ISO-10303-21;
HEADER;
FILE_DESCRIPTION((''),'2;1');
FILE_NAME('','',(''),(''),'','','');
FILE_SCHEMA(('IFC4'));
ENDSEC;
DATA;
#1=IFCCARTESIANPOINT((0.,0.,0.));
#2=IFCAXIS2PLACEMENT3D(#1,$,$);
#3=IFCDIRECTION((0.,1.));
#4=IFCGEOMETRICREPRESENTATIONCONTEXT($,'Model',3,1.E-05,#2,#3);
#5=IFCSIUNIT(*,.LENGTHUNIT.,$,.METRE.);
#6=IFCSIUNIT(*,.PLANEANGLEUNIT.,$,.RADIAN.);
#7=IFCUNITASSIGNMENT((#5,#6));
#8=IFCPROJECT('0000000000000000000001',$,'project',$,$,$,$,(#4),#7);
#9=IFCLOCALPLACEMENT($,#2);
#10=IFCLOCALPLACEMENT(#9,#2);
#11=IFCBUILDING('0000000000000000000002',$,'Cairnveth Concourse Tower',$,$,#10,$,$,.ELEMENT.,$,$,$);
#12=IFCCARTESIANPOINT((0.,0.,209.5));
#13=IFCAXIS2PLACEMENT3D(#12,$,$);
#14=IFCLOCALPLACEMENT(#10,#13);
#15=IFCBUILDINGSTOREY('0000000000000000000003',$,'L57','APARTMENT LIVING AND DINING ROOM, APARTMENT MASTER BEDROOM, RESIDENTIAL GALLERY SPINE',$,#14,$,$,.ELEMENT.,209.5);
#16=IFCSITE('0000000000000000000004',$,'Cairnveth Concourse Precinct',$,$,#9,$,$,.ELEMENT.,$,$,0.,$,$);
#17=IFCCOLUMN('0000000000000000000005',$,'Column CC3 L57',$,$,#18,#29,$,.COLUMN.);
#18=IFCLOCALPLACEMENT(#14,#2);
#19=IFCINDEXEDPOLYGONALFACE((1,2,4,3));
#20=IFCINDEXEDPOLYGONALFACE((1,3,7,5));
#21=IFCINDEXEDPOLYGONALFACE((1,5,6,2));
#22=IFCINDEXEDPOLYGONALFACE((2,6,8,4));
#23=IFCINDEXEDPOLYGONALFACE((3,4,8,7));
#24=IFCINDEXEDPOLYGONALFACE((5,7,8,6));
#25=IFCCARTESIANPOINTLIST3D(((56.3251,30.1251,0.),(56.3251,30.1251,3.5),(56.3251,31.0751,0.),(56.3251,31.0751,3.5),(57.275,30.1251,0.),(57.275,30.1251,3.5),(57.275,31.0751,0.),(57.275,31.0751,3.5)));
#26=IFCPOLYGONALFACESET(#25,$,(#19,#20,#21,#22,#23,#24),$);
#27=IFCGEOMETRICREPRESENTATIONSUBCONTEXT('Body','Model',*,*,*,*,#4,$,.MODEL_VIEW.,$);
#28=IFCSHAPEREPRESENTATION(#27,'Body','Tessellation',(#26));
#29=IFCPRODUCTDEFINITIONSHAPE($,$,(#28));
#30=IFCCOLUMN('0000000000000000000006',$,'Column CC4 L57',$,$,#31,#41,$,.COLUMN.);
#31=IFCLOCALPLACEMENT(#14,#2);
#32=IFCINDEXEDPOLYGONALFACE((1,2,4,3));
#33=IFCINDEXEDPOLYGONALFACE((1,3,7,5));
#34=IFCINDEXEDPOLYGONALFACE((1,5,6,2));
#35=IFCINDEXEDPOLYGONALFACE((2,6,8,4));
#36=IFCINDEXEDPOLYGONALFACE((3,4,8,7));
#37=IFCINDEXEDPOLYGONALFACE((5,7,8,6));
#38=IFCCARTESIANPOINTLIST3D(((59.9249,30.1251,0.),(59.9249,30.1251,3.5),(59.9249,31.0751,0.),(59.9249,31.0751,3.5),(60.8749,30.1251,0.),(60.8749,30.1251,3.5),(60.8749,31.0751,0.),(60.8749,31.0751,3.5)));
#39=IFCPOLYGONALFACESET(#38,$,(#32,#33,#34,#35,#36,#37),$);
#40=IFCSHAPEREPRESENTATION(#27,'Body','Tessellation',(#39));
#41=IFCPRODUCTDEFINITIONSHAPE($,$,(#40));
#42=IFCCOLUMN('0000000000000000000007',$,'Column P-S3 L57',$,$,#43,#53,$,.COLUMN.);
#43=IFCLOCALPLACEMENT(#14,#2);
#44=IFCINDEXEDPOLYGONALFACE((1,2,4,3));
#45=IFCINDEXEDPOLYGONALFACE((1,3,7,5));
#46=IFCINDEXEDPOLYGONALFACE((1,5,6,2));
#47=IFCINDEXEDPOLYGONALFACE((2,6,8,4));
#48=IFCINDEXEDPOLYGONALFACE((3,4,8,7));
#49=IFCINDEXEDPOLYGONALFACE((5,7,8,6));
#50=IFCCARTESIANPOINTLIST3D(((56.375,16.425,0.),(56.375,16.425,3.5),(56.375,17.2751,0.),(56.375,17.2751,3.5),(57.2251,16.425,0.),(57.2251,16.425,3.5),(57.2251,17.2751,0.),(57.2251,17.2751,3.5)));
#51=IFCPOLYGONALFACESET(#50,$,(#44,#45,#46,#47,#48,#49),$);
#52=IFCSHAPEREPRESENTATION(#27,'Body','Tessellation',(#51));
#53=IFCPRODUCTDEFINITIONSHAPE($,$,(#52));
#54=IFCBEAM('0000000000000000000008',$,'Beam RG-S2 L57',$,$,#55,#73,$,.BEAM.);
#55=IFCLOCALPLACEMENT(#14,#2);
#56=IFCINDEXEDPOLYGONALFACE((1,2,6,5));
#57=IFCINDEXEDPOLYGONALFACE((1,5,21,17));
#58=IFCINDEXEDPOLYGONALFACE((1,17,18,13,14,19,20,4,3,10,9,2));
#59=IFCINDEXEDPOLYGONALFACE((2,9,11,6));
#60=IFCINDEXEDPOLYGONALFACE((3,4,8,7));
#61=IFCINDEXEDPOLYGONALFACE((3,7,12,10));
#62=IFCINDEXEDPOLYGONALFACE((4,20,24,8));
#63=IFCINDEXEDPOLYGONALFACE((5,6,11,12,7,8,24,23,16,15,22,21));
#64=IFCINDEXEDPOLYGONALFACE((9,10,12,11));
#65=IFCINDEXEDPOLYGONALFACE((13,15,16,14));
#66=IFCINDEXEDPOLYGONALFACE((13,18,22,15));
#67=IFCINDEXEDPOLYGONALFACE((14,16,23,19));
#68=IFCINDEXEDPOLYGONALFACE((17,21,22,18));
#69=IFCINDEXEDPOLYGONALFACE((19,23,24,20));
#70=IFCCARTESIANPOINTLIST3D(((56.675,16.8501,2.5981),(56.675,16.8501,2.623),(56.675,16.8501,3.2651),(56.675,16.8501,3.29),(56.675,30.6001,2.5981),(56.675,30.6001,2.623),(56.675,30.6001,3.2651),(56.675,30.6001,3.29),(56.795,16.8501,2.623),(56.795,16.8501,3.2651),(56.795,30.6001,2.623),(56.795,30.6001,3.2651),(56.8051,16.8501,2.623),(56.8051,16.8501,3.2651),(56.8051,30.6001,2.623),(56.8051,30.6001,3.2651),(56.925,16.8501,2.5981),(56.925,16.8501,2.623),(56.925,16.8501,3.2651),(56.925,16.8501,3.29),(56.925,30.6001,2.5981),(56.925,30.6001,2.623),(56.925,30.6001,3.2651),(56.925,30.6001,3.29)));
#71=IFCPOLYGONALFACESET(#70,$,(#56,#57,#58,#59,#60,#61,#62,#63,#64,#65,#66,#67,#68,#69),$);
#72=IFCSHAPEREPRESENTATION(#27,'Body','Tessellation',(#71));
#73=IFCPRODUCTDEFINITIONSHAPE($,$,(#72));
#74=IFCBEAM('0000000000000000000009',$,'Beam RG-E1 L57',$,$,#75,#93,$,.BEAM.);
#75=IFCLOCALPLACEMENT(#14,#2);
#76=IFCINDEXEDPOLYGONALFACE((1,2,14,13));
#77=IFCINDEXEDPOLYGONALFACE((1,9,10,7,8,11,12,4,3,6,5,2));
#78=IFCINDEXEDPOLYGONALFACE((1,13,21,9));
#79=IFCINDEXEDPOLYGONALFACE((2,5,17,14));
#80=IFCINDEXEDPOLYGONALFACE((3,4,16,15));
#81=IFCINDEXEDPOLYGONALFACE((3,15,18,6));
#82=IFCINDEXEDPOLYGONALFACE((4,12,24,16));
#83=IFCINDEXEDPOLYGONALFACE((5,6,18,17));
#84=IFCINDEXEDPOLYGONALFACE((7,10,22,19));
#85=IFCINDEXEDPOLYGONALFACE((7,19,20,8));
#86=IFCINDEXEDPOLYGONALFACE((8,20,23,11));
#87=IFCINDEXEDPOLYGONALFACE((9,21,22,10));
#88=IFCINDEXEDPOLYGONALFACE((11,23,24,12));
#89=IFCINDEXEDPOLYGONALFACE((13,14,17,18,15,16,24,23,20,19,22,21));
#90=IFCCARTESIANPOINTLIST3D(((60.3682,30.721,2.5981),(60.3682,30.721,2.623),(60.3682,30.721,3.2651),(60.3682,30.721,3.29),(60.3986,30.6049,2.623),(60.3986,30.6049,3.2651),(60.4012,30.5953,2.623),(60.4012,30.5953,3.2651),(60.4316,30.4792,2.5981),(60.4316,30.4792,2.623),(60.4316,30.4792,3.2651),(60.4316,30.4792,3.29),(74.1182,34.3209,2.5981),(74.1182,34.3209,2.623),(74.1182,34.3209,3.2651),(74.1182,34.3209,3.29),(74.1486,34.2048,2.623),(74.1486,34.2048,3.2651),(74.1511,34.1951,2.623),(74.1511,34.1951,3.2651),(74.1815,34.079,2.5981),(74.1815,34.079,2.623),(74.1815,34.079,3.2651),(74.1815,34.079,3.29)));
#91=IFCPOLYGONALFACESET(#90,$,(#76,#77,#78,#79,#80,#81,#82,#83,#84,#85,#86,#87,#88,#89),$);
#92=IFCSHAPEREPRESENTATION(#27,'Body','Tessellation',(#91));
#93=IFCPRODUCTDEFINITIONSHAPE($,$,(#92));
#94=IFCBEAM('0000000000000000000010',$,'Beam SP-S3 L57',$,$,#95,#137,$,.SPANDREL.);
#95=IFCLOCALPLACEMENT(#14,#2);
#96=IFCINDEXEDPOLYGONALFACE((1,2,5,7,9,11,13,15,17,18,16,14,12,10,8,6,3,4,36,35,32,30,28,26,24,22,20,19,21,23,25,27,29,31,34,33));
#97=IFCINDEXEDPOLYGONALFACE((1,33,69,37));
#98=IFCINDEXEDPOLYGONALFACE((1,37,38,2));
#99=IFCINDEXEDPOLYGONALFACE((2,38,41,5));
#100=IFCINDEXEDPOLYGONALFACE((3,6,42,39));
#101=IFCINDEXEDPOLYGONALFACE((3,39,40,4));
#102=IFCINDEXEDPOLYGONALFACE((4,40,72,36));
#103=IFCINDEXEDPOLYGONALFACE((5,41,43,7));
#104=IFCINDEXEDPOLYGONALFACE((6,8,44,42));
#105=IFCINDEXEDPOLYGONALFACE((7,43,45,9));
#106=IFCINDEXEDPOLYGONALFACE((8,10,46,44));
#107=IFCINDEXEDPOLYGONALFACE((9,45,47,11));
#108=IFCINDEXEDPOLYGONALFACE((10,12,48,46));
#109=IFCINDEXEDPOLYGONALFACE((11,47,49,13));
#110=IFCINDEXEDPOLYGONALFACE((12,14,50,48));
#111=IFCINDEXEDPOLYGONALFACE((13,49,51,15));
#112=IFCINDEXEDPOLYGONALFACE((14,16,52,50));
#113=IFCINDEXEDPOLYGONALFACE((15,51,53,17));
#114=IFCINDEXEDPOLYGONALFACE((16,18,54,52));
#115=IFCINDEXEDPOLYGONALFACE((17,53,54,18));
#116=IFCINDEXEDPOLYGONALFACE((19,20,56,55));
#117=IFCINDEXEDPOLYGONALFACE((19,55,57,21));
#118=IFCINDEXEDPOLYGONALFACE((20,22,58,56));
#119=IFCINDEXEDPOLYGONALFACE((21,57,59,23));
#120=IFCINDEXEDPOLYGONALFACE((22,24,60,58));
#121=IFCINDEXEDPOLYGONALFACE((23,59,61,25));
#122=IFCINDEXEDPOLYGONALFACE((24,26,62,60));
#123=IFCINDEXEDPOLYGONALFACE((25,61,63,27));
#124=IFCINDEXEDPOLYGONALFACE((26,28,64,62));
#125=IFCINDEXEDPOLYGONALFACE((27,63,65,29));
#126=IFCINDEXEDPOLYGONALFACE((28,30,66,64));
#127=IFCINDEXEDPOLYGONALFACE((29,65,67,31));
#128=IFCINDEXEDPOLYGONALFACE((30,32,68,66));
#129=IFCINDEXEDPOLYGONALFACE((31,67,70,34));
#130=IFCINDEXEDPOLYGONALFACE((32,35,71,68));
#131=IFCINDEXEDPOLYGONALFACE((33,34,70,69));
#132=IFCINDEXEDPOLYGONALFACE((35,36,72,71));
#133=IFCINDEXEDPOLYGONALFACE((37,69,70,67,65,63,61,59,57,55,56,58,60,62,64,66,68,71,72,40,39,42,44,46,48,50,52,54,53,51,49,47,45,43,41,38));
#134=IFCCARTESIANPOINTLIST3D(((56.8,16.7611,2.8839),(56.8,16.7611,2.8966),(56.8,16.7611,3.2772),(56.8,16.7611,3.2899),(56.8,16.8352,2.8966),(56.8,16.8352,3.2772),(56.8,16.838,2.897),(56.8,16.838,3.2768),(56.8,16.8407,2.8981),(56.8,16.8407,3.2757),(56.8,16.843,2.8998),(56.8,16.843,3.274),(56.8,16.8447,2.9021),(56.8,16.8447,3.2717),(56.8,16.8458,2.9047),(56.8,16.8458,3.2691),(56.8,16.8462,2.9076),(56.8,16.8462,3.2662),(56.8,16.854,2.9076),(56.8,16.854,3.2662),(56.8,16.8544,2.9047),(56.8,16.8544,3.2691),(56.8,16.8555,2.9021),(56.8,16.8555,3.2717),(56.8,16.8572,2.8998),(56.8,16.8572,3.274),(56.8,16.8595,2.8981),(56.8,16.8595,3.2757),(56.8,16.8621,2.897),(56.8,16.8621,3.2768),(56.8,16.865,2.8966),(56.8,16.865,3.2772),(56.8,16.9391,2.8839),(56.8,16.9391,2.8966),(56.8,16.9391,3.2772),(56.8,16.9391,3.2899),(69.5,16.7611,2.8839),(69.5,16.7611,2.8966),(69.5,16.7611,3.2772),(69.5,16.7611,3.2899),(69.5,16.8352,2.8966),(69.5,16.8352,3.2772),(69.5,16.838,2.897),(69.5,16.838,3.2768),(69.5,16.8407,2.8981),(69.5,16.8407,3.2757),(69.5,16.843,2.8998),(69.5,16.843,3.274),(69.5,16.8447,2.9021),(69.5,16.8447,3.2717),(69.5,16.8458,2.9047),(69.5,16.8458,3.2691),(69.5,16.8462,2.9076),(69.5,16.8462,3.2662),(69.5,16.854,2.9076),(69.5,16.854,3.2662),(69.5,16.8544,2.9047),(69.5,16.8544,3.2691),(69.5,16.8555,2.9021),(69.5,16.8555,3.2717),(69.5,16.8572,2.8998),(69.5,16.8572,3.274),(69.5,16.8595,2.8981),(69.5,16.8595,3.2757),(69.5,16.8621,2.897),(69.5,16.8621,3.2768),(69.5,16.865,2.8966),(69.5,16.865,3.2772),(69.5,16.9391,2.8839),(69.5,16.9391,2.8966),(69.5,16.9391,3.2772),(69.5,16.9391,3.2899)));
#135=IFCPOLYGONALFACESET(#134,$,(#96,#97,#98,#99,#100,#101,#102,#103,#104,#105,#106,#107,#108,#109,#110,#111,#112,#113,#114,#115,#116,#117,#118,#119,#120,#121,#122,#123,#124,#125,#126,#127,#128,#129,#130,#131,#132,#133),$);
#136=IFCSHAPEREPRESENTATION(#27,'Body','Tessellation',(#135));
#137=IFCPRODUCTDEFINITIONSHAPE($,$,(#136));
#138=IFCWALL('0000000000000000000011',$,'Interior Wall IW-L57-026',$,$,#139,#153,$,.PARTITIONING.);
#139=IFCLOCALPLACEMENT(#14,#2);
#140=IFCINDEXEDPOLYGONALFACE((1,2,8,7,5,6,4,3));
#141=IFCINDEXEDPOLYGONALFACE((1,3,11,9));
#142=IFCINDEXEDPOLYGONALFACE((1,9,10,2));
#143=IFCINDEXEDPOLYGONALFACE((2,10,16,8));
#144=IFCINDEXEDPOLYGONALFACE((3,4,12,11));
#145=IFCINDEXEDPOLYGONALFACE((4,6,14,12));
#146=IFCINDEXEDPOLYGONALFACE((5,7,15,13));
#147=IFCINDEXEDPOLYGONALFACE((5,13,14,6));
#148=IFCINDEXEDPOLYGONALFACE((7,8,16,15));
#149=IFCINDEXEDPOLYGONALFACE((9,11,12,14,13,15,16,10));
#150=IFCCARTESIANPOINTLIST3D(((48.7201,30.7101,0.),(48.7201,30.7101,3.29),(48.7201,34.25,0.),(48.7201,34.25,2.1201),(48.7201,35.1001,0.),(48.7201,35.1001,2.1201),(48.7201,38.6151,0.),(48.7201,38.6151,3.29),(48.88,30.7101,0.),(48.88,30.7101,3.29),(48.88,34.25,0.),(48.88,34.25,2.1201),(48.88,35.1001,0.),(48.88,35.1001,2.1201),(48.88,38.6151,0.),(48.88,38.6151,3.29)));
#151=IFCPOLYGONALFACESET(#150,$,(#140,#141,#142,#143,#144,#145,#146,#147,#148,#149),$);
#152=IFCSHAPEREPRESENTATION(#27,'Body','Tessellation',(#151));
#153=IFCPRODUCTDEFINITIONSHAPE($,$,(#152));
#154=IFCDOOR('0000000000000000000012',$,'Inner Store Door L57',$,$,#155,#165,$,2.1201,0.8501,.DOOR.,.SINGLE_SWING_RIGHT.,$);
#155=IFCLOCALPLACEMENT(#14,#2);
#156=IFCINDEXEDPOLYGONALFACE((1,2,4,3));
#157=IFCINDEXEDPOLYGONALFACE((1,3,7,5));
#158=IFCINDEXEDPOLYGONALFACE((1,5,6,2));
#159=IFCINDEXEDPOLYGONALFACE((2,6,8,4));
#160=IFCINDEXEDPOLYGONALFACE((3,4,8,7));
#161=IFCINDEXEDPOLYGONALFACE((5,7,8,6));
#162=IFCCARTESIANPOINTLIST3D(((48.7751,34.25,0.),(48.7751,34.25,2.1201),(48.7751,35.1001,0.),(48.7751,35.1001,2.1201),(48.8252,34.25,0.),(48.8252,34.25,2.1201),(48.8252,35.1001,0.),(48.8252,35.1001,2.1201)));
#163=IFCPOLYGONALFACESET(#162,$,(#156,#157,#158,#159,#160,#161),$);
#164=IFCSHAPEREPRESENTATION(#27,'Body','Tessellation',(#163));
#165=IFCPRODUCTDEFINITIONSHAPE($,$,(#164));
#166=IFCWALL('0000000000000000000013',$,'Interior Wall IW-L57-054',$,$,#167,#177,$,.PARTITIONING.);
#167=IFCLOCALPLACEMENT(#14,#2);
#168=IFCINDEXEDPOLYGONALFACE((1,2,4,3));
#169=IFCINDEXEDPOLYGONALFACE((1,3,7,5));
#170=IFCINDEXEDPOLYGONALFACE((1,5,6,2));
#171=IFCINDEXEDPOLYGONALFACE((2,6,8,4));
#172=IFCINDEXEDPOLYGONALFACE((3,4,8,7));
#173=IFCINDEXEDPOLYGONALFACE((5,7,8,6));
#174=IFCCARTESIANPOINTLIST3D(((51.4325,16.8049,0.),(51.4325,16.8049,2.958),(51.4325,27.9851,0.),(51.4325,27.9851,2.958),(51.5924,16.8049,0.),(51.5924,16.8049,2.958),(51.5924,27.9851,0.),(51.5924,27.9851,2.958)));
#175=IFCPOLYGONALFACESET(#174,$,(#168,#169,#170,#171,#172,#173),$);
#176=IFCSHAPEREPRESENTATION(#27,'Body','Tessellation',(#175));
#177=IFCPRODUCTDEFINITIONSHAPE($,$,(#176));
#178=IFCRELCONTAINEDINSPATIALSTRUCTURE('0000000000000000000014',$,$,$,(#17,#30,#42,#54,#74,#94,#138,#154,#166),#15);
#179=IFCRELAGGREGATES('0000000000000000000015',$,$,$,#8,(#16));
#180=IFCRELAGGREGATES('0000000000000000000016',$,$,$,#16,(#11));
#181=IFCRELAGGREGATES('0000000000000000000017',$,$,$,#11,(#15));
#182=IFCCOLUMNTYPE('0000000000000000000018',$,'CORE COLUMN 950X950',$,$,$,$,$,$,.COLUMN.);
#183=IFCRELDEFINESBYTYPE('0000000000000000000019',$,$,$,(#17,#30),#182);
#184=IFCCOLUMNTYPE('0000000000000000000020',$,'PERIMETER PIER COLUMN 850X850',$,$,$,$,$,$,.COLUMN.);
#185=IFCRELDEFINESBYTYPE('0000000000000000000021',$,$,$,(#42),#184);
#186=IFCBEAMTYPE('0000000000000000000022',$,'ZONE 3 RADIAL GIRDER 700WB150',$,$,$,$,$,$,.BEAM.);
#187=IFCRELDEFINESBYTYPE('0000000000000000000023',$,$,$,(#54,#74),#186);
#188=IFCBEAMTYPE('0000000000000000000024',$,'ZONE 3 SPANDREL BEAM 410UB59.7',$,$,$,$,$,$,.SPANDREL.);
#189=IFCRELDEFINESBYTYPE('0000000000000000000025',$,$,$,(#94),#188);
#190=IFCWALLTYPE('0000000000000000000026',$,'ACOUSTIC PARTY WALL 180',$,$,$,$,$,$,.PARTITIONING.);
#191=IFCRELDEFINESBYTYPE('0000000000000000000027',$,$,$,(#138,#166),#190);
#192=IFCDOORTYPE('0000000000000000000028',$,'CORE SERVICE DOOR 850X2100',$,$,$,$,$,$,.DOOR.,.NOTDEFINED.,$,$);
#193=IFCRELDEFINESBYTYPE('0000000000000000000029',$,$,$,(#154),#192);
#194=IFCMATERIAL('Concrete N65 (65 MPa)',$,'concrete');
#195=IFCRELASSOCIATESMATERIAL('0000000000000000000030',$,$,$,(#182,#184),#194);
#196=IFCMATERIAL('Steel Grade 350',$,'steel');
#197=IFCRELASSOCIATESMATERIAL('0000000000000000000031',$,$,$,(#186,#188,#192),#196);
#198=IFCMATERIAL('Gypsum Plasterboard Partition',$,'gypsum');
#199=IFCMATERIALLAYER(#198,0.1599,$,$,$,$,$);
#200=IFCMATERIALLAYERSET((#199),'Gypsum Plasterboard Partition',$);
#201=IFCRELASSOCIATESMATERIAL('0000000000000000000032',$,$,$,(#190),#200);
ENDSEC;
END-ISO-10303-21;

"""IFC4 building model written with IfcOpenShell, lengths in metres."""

from ifc_helpers import new_model, si_unit, direction, frame, frame_2d, origin, origin_2d, place, context, subcontext, project, spatial, rectangle, i_section, extrude, material, layer, layer_set, material_profile, profile_set, type_object, element, fill, save


model = new_model("IFC4")

# Units and contexts
model_context = context("Model", 3, precision=1e-05, world=origin(), true_north=direction((0.0, 1.0)))
body_context = subcontext(model_context, "Body", "Model", "MODEL_VIEW")
ifc_project = project(units=[si_unit("LENGTHUNIT", "METRE"), si_unit("PLANEANGLEUNIT", "RADIAN")], contexts=[model_context])

# Site, building, storey
site_placement = place(None, origin())
site = spatial("IfcSite", under=ifc_project, at=site_placement, Name="Cairnveth Concourse Precinct", CompositionType="ELEMENT", RefElevation=0.0)
building_placement = place(site_placement, origin())
building = spatial("IfcBuilding", under=site, at=building_placement, Name="Cairnveth Concourse Tower", CompositionType="ELEMENT")
storey_placement = place(building_placement, frame((0.0, 0.0, 209.5)))
storey = spatial("IfcBuildingStorey", under=building, at=storey_placement, Name="L57", Description="APARTMENT LIVING AND DINING ROOM, APARTMENT MASTER BEDROOM, RESIDENTIAL GALLERY SPINE", CompositionType="ELEMENT", Elevation=209.5)

# Columns
ifc_material_1 = material(Name="Concrete N65 (65 MPa)", Category="concrete")
ifc_material_profile_1 = material_profile(ifc_material_1, rectangle(XDim=0.95, YDim=0.95, at=origin_2d()), Name="RC-COL-950x950")
ifc_profile_set_1 = profile_set([ifc_material_profile_1], Name="Concrete N65 (65 MPa)")
column_type_1 = type_object("IfcColumnType", Name="CORE COLUMN 950X950", PredefinedType="COLUMN", material=ifc_profile_set_1)
for number, where, z_axis, x_axis, name in (
    (1, (56.8, 30.6001, 0.0), (0.0, 0.0, 1.0), (1.0, 0.0, 0.0), "Column CC3 L57"),
    (2, (60.3999, 30.6001, 0.0), (0.0, 0.0, 1.0), (1.0, 0.0, 0.0), "Column CC4 L57"),
):
    element("IfcColumn", number, at=place(storey_placement, frame(where, z_axis=z_axis, x_axis=x_axis)), inside=storey, type_object=column_type_1, Name=name, PredefinedType="COLUMN", context=body_context, shape_type="SweptSolid", body=[
        extrude(rectangle(XDim=0.95, YDim=0.95, at=origin_2d()), origin(), (0.0, 0.0, 1.0), 3.5),
    ])
ifc_material_profile_2 = material_profile(ifc_material_1, rectangle(XDim=0.8501, YDim=0.8501, at=origin_2d()), Name="RC-COL-850x850")
ifc_profile_set_2 = profile_set([ifc_material_profile_2], Name="Concrete N65 (65 MPa)")
column_type_2 = type_object("IfcColumnType", Name="PERIMETER PIER COLUMN 850X850", PredefinedType="COLUMN", material=ifc_profile_set_2)
column_placement = place(storey_placement, frame((56.8, 16.8501, 0.0), z_axis=(0.0, 0.0, 1.0), x_axis=(1.0, 0.0, 0.0)))
element("IfcColumn", 3, at=column_placement, inside=storey, type_object=column_type_2, Name="Column P-S3 L57", PredefinedType="COLUMN", context=body_context, shape_type="SweptSolid", body=[
    extrude(rectangle(XDim=0.8501, YDim=0.8501, at=origin_2d()), origin(), (0.0, 0.0, 1.0), 3.5),
])

# Beams
ifc_material_2 = material(Name="Steel Grade 350", Category="steel")
ifc_material_profile_3 = material_profile(ifc_material_2, i_section(OverallWidth=0.25, OverallDepth=0.6919, WebThickness=0.01, FlangeThickness=0.0249, at=origin_2d()), Name="700WB150")
ifc_profile_set_3 = profile_set([ifc_material_profile_3], Name="Steel Grade 350")
beam_type_1 = type_object("IfcBeamType", Name="ZONE 3 RADIAL GIRDER 700WB150", PredefinedType="BEAM", material=ifc_profile_set_3)
beam_1_placement = place(storey_placement, frame((56.8, 16.8501, 2.9441), z_axis=(0.0, 1.0, 0.0), x_axis=(-1.0, 0.0, 0.0)))
element("IfcBeam", 4, at=beam_1_placement, inside=storey, type_object=beam_type_1, Name="Beam RG-S2 L57", PredefinedType="BEAM", context=body_context, shape_type="SweptSolid", body=[
    extrude(i_section(OverallWidth=0.25, OverallDepth=0.6919, WebThickness=0.01, FlangeThickness=0.0249, at=origin_2d()), origin(), (0.0, 0.0, 1.0), 13.75),
])
beam_2_placement = place(storey_placement, frame((60.3999, 30.6001, 2.9441), z_axis=(0.967395, 0.253271, 0.0), x_axis=(-0.253271, 0.967395, 0.0)))
element("IfcBeam", 5, at=beam_2_placement, inside=storey, type_object=beam_type_1, Name="Beam RG-E1 L57", PredefinedType="BEAM", context=body_context, shape_type="SweptSolid", body=[
    extrude(i_section(OverallWidth=0.25, OverallDepth=0.6919, WebThickness=0.01, FlangeThickness=0.0249, at=origin_2d()), origin(), (0.0, 0.0, 1.0), 14.2134),
])
ifc_material_profile_4 = material_profile(ifc_material_2, i_section(OverallWidth=0.178, OverallDepth=0.406, WebThickness=0.0078, FlangeThickness=0.0127, FilletRadius=0.011, at=origin_2d()), Name="410UB59.7")
ifc_profile_set_4 = profile_set([ifc_material_profile_4], Name="Steel Grade 350")
beam_type_2 = type_object("IfcBeamType", Name="ZONE 3 SPANDREL BEAM 410UB59.7", PredefinedType="SPANDREL", material=ifc_profile_set_4)
beam_3_placement = place(storey_placement, frame((56.8, 16.8501, 3.0869), z_axis=(1.0, 0.0, 0.0), x_axis=(0.0, 1.0, 0.0)))
element("IfcBeam", 6, at=beam_3_placement, inside=storey, type_object=beam_type_2, Name="Beam SP-S3 L57", PredefinedType="SPANDREL", context=body_context, shape_type="SweptSolid", body=[
    extrude(i_section(OverallWidth=0.178, OverallDepth=0.406, WebThickness=0.0078, FlangeThickness=0.0127, FilletRadius=0.011, at=origin_2d()), origin(), (0.0, 0.0, 1.0), 12.7),
])

# Wall, opening, door
ifc_material_3 = material(Name="Gypsum Plasterboard Partition", Category="gypsum")
ifc_layer_1 = layer(ifc_material_3, 0.1599)
ifc_layer_set_1 = layer_set([ifc_layer_1], Name="Gypsum Plasterboard Partition")
wall_type_1 = type_object("IfcWallType", Name="ACOUSTIC PARTY WALL 180", PredefinedType="PARTITIONING", material=ifc_layer_set_1)
wall_1_placement = place(storey_placement, frame((48.8, 30.71, 0.0), z_axis=(0.0, 0.0, 1.0), x_axis=(0.0, 1.0, 0.0)))
wall_1 = element("IfcWall", 7, at=wall_1_placement, inside=storey, type_object=wall_type_1, Name="Interior Wall IW-L57-026", PredefinedType="PARTITIONING", context=body_context, shape_type="SweptSolid", body=[
    extrude(rectangle(XDim=7.905, YDim=0.1599, at=frame_2d((3.9526, 0.0))), origin(), (0.0, 0.0, 1.0), 3.29),
])
opening_1_placement = place(wall_1_placement, frame((3.54, 0.0, 0.0)))
opening_1 = element("IfcOpeningElement", 8, at=opening_1_placement, cuts=wall_1, PredefinedType="OPENING", context=body_context, shape_type="SweptSolid", body=[
    extrude(rectangle(XDim=0.8501, YDim=2.1201, at=frame_2d((0.425, 1.0601))), frame((0.0, 0.0898, 0.0), z_axis=(0.0, -1.0, 0.0), x_axis=(1.0, 0.0, 0.0)), (0.0, 0.0, 1.0), 0.1799),
])
door_type_1 = type_object("IfcDoorType", Name="CORE SERVICE DOOR 850X2100", OperationType="NOTDEFINED", PredefinedType="DOOR", material=ifc_material_2)
door_1_placement = place(opening_1_placement, origin())
door_1 = element("IfcDoor", 9, at=door_1_placement, inside=storey, type_object=door_type_1, Name="Inner Store Door L57", OperationType="SINGLE_SWING_RIGHT", OverallHeight=2.1201, OverallWidth=0.8501, PredefinedType="DOOR", context=body_context, shape_type="SweptSolid", body=[
    extrude(rectangle(XDim=0.8501, YDim=2.1201, at=frame_2d((0.425, 1.0601))), frame((0.0, 0.0249, 0.0), z_axis=(0.0, -1.0, 0.0), x_axis=(1.0, 0.0, 0.0)), (0.0, 0.0, 1.0), 0.05),
])
fill(opening_1, door_1)

# Wall
wall_2_placement = place(storey_placement, frame((51.5125, 16.8049, 0.0), z_axis=(0.0, 0.0, 1.0), x_axis=(0.0, 1.0, 0.0)))
element("IfcWall", 10, at=wall_2_placement, inside=storey, type_object=wall_type_1, Name="Interior Wall IW-L57-054", PredefinedType="PARTITIONING", context=body_context, shape_type="SweptSolid", body=[
    extrude(rectangle(XDim=11.1802, YDim=0.1599, at=frame_2d((5.5901, 0.0))), origin(), (0.0, 0.0, 1.0), 2.958),
])

save(model, "model.ifc")
